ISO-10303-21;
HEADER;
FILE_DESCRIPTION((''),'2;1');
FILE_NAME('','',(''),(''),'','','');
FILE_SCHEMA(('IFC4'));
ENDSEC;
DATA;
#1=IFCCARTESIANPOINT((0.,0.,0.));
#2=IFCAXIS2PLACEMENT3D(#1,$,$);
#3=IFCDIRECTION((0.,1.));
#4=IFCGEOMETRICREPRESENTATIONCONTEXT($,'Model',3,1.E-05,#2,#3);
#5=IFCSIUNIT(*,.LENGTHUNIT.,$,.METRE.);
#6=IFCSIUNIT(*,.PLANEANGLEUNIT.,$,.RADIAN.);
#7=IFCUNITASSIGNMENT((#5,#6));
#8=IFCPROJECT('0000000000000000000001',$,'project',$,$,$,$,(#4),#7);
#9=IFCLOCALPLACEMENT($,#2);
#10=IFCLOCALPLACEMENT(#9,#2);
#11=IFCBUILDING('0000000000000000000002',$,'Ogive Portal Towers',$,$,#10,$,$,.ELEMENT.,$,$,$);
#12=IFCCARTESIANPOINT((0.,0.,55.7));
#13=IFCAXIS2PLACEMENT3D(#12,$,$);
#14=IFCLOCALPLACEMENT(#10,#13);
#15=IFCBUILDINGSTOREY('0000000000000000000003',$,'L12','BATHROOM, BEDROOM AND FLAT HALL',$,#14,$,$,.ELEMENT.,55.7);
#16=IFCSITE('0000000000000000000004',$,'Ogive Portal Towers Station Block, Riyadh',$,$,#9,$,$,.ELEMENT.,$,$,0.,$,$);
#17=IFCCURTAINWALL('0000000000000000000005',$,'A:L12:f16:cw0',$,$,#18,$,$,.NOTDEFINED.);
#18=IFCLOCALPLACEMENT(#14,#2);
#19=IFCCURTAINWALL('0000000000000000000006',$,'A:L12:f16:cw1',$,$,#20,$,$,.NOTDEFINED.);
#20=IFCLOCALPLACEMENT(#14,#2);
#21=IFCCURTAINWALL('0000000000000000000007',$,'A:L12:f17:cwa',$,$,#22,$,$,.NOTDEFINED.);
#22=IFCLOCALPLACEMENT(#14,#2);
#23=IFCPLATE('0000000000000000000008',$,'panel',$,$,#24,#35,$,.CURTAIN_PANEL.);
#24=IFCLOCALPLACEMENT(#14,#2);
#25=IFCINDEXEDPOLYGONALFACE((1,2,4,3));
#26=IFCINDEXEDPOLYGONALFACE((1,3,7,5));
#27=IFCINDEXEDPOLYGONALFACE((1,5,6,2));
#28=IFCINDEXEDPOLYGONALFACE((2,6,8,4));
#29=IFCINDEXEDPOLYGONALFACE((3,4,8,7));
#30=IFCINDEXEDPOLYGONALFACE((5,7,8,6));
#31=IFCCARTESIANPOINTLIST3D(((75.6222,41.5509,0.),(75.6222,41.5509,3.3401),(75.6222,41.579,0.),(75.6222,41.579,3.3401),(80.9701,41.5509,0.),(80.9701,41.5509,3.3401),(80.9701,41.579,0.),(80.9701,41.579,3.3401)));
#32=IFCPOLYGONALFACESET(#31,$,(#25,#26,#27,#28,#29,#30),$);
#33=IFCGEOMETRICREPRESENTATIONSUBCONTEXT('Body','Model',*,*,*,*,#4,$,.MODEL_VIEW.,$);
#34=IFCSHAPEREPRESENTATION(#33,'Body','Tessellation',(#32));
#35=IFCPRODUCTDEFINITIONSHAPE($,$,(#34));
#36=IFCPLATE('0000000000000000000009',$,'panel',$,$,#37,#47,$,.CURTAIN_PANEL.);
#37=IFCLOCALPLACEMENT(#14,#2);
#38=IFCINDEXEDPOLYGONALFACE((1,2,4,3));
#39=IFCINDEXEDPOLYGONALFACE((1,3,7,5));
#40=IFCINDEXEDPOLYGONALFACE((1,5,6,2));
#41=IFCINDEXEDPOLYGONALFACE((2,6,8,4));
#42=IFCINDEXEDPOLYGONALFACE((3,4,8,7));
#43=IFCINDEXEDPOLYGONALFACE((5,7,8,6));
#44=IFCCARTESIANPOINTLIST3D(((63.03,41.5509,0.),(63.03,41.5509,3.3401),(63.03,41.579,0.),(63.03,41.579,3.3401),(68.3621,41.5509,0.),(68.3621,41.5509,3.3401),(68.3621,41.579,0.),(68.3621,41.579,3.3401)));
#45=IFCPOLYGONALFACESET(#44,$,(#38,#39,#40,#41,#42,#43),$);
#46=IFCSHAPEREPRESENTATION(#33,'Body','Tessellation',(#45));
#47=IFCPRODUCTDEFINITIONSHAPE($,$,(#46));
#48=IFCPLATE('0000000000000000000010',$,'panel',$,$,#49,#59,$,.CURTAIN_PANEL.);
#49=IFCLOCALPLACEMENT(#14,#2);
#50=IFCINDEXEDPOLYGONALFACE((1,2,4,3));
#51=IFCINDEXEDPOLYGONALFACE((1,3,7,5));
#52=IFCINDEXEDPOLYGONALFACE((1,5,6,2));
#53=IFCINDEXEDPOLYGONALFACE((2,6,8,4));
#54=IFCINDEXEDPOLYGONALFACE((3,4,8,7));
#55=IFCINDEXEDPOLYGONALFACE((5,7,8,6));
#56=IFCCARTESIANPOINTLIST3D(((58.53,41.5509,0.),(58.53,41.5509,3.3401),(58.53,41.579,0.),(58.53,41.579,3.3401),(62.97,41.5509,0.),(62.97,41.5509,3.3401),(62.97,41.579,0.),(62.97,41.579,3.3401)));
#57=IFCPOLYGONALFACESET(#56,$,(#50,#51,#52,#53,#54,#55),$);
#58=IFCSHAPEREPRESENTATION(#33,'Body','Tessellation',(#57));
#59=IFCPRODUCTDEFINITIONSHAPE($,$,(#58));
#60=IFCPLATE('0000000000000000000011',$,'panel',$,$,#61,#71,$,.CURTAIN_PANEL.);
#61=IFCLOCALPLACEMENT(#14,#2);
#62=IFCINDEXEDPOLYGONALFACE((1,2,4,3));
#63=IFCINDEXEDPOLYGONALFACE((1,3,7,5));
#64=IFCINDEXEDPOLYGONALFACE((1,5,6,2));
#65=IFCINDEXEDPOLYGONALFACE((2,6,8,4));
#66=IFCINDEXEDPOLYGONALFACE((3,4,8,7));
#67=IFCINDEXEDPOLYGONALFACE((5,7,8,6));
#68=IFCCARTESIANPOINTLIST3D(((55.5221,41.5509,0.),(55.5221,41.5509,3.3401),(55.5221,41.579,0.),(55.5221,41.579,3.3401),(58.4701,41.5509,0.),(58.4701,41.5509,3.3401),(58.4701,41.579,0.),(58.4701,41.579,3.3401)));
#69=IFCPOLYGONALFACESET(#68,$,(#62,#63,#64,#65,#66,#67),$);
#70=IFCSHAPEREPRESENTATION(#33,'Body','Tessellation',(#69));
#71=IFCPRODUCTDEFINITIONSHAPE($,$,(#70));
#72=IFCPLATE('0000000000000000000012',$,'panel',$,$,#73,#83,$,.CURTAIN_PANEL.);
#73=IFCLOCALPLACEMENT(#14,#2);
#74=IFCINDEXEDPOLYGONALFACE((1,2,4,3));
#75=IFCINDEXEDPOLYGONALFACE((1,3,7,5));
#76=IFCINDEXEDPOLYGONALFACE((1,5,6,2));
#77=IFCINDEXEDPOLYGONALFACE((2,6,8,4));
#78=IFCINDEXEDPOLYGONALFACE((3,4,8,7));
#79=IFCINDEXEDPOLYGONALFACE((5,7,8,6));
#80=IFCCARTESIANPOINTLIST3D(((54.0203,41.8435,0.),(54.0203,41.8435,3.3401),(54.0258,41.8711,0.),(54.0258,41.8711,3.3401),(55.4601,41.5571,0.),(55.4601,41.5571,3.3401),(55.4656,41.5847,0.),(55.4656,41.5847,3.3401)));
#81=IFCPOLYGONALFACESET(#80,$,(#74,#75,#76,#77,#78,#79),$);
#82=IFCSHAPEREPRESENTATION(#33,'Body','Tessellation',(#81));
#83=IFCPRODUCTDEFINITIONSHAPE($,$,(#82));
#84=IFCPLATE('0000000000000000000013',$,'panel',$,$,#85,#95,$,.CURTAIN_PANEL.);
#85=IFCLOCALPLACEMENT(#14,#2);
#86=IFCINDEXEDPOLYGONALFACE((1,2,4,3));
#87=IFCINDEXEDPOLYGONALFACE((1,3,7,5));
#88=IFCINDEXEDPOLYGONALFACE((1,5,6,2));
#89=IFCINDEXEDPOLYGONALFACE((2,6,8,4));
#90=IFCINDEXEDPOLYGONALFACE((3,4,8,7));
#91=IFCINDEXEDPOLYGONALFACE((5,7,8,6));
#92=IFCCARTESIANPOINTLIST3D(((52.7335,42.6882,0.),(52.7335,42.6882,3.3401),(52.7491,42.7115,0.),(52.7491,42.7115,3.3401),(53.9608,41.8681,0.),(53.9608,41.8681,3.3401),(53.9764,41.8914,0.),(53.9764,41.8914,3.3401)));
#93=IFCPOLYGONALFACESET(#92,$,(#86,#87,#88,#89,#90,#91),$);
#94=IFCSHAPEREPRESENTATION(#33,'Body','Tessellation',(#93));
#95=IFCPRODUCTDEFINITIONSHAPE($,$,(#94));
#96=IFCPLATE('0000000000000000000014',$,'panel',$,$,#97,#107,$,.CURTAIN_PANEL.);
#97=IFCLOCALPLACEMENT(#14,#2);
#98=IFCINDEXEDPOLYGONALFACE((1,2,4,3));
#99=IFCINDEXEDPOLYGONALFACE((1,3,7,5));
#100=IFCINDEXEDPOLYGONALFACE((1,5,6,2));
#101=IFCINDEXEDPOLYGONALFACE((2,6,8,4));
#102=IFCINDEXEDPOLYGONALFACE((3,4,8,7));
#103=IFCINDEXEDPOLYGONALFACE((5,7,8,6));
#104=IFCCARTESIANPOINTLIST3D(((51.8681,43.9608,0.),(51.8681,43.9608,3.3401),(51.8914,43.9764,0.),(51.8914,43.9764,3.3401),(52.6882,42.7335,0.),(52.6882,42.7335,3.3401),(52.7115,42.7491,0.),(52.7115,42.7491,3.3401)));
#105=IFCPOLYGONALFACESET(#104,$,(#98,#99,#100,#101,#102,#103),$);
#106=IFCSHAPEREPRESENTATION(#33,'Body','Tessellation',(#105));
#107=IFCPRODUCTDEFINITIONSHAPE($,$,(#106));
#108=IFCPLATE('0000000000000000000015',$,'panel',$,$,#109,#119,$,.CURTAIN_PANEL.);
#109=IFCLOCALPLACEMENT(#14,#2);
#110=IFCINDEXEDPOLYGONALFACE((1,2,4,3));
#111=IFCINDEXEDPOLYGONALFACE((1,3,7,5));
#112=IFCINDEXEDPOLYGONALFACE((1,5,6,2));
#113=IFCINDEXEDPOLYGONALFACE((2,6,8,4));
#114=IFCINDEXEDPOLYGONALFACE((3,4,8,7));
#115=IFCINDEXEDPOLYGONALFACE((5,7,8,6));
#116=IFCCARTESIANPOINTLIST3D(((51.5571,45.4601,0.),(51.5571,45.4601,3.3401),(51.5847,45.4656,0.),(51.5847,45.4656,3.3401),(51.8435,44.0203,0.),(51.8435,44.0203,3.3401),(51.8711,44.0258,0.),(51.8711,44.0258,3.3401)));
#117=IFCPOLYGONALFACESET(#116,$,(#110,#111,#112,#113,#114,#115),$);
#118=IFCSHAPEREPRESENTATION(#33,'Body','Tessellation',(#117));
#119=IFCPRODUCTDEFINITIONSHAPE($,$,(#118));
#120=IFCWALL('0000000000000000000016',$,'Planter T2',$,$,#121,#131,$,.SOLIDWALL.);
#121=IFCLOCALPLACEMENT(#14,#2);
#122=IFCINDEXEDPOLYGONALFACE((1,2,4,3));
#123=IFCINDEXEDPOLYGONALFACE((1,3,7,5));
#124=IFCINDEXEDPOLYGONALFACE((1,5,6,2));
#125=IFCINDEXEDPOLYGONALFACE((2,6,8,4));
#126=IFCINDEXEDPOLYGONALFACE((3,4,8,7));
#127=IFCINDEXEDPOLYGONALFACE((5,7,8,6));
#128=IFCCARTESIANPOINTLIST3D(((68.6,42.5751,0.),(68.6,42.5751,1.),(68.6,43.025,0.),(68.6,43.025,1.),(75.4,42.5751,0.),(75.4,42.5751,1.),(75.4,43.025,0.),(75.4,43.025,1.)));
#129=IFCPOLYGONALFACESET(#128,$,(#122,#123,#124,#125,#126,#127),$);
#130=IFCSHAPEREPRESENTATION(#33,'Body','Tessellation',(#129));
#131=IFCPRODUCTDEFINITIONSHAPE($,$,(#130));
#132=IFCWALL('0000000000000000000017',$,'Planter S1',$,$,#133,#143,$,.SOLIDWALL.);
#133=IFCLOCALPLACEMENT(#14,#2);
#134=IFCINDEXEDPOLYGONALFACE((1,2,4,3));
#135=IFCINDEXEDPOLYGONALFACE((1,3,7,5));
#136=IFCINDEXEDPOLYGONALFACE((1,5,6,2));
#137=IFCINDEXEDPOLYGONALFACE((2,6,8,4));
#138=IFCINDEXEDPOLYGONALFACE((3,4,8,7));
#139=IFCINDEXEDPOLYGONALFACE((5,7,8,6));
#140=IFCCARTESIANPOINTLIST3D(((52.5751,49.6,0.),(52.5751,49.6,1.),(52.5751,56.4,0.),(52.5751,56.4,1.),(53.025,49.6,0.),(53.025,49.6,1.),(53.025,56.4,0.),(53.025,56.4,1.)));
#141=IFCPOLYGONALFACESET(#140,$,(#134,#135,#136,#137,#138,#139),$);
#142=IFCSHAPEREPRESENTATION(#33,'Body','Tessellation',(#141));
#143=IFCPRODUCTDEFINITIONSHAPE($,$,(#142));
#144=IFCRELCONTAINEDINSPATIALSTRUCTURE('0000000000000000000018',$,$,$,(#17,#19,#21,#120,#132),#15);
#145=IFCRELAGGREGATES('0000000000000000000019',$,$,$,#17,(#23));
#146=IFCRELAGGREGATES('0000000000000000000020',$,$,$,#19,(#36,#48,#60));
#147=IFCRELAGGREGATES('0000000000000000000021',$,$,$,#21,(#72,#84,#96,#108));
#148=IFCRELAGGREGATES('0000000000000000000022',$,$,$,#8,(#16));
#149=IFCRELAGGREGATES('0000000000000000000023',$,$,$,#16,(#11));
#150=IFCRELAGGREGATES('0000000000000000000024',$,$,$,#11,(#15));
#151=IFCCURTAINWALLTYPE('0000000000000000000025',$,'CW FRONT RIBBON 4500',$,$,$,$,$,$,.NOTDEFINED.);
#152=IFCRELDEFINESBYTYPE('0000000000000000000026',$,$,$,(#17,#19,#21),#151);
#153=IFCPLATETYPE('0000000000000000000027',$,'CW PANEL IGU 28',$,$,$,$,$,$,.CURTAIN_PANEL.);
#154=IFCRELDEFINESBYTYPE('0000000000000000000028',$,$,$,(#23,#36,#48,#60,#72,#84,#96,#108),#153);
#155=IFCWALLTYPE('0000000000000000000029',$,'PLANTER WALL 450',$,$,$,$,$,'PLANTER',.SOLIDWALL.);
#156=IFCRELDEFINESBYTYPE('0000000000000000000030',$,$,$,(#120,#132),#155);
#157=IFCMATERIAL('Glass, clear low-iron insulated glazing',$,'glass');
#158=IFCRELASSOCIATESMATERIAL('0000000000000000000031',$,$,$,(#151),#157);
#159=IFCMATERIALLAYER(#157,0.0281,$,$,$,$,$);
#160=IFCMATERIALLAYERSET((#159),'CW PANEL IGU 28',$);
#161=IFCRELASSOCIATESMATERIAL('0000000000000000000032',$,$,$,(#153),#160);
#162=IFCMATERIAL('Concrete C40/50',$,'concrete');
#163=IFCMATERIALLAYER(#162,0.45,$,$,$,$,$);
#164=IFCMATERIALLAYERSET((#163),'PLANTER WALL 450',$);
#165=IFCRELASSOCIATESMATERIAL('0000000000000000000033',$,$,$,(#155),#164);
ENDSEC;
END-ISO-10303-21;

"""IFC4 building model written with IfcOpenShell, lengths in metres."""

from ifc_helpers import new_model, si_unit, direction, frame, origin, origin_2d, place, context, subcontext, project, spatial, rectangle, extrude, material, layer, layer_set, type_object, element, aggregate, save


model = new_model("IFC4")

# Units and contexts
model_context = context("Model", 3, precision=1e-05, world=origin(), true_north=direction((0.0, 1.0)))
body_context = subcontext(model_context, "Body", "Model", "MODEL_VIEW")
ifc_project = project(units=[si_unit("LENGTHUNIT", "METRE"), si_unit("PLANEANGLEUNIT", "RADIAN")], contexts=[model_context])

# Site, building, storey
site_placement = place(None, origin())
site = spatial("IfcSite", under=ifc_project, at=site_placement, Name="Ogive Portal Towers Station Block, Riyadh", CompositionType="ELEMENT", RefElevation=0.0)
building_placement = place(site_placement, origin())
building = spatial("IfcBuilding", under=site, at=building_placement, Name="Ogive Portal Towers", CompositionType="ELEMENT")
storey_placement = place(building_placement, frame((0.0, 0.0, 55.7)))
storey = spatial("IfcBuildingStorey", under=building, at=storey_placement, Name="L12", Description="BATHROOM, BEDROOM AND FLAT HALL", CompositionType="ELEMENT", Elevation=55.7)

# Curtain walls
ifc_material_1 = material(Name="Glass, clear low-iron insulated glazing", Category="glass")
curtain_wall_type = type_object("IfcCurtainWallType", Name="CW FRONT RIBBON 4500", PredefinedType="NOTDEFINED", material=ifc_material_1)
curtain_wall_1_placement = place(storey_placement, origin())
curtain_wall_1 = element("IfcCurtainWall", 1, at=curtain_wall_1_placement, inside=storey, type_object=curtain_wall_type, Name="A:L12:f16:cw0", PredefinedType="NOTDEFINED")
curtain_wall_2_placement = place(storey_placement, origin())
curtain_wall_2 = element("IfcCurtainWall", 2, at=curtain_wall_2_placement, inside=storey, type_object=curtain_wall_type, Name="A:L12:f16:cw1", PredefinedType="NOTDEFINED")
curtain_wall_3_placement = place(storey_placement, origin())
curtain_wall_3 = element("IfcCurtainWall", 3, at=curtain_wall_3_placement, inside=storey, type_object=curtain_wall_type, Name="A:L12:f17:cwa", PredefinedType="NOTDEFINED")

# Plates
ifc_layer_1 = layer(ifc_material_1, 0.0281)
ifc_layer_set_1 = layer_set([ifc_layer_1], Name="CW PANEL IGU 28")
plate_type = type_object("IfcPlateType", Name="CW PANEL IGU 28", PredefinedType="CURTAIN_PANEL", material=ifc_layer_set_1)
plate_1_placement = place(storey_placement, frame((78.2961, 41.5649, 0.0), z_axis=(0.0, 0.0, 1.0), x_axis=(-1.0, 0.0, 0.0)))
plate_1 = element("IfcPlate", 4, at=plate_1_placement, type_object=plate_type, Name="panel", PredefinedType="CURTAIN_PANEL", context=body_context, shape_type="SweptSolid", body=[
    extrude(rectangle(XDim=5.3479, YDim=0.0281, at=origin_2d()), origin(), (0.0, 0.0, 1.0), 3.3401),
])
aggregate(curtain_wall_1, [plate_1])
plate_2_placement = place(storey_placement, frame((65.696, 41.5649, 0.0), z_axis=(0.0, 0.0, 1.0), x_axis=(-1.0, 0.0, 0.0)))
plate_2 = element("IfcPlate", 5, at=plate_2_placement, type_object=plate_type, Name="panel", PredefinedType="CURTAIN_PANEL", context=body_context, shape_type="SweptSolid", body=[
    extrude(rectangle(XDim=5.332, YDim=0.0281, at=origin_2d()), origin(), (0.0, 0.0, 1.0), 3.3401),
])
plate_3_placement = place(storey_placement, frame((60.75, 41.5649, 0.0), z_axis=(0.0, 0.0, 1.0), x_axis=(-1.0, 0.0, 0.0)))
plate_3 = element("IfcPlate", 6, at=plate_3_placement, type_object=plate_type, Name="panel", PredefinedType="CURTAIN_PANEL", context=body_context, shape_type="SweptSolid", body=[
    extrude(rectangle(XDim=4.4399, YDim=0.0281, at=origin_2d()), origin(), (0.0, 0.0, 1.0), 3.3401),
])
plate_4_placement = place(storey_placement, frame((56.9961, 41.5649, 0.0), z_axis=(0.0, 0.0, 1.0), x_axis=(-1.0, 0.0, 0.0)))
plate_4 = element("IfcPlate", 7, at=plate_4_placement, type_object=plate_type, Name="panel", PredefinedType="CURTAIN_PANEL", context=body_context, shape_type="SweptSolid", body=[
    extrude(rectangle(XDim=2.948, YDim=0.0281, at=origin_2d()), origin(), (0.0, 0.0, 1.0), 3.3401),
])
aggregate(curtain_wall_2, [plate_2, plate_3, plate_4])
plate_5_placement = place(storey_placement, frame((54.7429, 41.7141, 0.0), z_axis=(0.0, 0.0, 1.0), x_axis=(-0.980785, 0.19509, 0.0)))
plate_5 = element("IfcPlate", 8, at=plate_5_placement, type_object=plate_type, Name="panel", PredefinedType="CURTAIN_PANEL", context=body_context, shape_type="SweptSolid", body=[
    extrude(rectangle(XDim=1.468, YDim=0.0281, at=origin_2d()), origin(), (0.0, 0.0, 1.0), 3.3401),
])
plate_6_placement = place(storey_placement, frame((53.355, 42.2898, 0.0), z_axis=(0.0, 0.0, 1.0), x_axis=(-0.83147, 0.55557, 0.0)))
plate_6 = element("IfcPlate", 9, at=plate_6_placement, type_object=plate_type, Name="panel", PredefinedType="CURTAIN_PANEL", context=body_context, shape_type="SweptSolid", body=[
    extrude(rectangle(XDim=1.4761, YDim=0.0281, at=origin_2d()), origin(), (0.0, 0.0, 1.0), 3.3401),
])
plate_7_placement = place(storey_placement, frame((52.2898, 43.355, 0.0), z_axis=(0.0, 0.0, 1.0), x_axis=(-0.55557, 0.83147, 0.0)))
plate_7 = element("IfcPlate", 10, at=plate_7_placement, type_object=plate_type, Name="panel", PredefinedType="CURTAIN_PANEL", context=body_context, shape_type="SweptSolid", body=[
    extrude(rectangle(XDim=1.4761, YDim=0.0281, at=origin_2d()), origin(), (0.0, 0.0, 1.0), 3.3401),
])
plate_8_placement = place(storey_placement, frame((51.7141, 44.7429, 0.0), z_axis=(0.0, 0.0, 1.0), x_axis=(-0.19509, 0.980785, 0.0)))
plate_8 = element("IfcPlate", 11, at=plate_8_placement, type_object=plate_type, Name="panel", PredefinedType="CURTAIN_PANEL", context=body_context, shape_type="SweptSolid", body=[
    extrude(rectangle(XDim=1.468, YDim=0.0281, at=origin_2d()), origin(), (0.0, 0.0, 1.0), 3.3401),
])
aggregate(curtain_wall_3, [plate_5, plate_6, plate_7, plate_8])

# Walls
ifc_material_2 = material(Name="Concrete C40/50", Category="concrete")
ifc_layer_2 = layer(ifc_material_2, 0.45)
ifc_layer_set_2 = layer_set([ifc_layer_2], Name="PLANTER WALL 450")
wall_type = type_object("IfcWallType", Name="PLANTER WALL 450", ElementType="PLANTER", PredefinedType="SOLIDWALL", material=ifc_layer_set_2)
wall_1_placement = place(storey_placement, frame((72.0, 42.8, 0.0), z_axis=(0.0, 0.0, 1.0), x_axis=(1.0, 0.0, 0.0)))
element("IfcWall", 12, at=wall_1_placement, inside=storey, type_object=wall_type, Name="Planter T2", PredefinedType="SOLIDWALL", context=body_context, shape_type="SweptSolid", body=[
    extrude(rectangle(XDim=6.8, YDim=0.45, at=origin_2d()), origin(), (0.0, 0.0, 1.0), 1.0),
])
wall_2_placement = place(storey_placement, frame((52.8, 53.0, 0.0), z_axis=(0.0, 0.0, 1.0), x_axis=(1.0, 0.0, 0.0)))
element("IfcWall", 13, at=wall_2_placement, inside=storey, type_object=wall_type, Name="Planter S1", PredefinedType="SOLIDWALL", context=body_context, shape_type="SweptSolid", body=[
    extrude(rectangle(XDim=0.45, YDim=6.8, at=origin_2d()), origin(), (0.0, 0.0, 1.0), 1.0),
])

save(model, "model.ifc")
